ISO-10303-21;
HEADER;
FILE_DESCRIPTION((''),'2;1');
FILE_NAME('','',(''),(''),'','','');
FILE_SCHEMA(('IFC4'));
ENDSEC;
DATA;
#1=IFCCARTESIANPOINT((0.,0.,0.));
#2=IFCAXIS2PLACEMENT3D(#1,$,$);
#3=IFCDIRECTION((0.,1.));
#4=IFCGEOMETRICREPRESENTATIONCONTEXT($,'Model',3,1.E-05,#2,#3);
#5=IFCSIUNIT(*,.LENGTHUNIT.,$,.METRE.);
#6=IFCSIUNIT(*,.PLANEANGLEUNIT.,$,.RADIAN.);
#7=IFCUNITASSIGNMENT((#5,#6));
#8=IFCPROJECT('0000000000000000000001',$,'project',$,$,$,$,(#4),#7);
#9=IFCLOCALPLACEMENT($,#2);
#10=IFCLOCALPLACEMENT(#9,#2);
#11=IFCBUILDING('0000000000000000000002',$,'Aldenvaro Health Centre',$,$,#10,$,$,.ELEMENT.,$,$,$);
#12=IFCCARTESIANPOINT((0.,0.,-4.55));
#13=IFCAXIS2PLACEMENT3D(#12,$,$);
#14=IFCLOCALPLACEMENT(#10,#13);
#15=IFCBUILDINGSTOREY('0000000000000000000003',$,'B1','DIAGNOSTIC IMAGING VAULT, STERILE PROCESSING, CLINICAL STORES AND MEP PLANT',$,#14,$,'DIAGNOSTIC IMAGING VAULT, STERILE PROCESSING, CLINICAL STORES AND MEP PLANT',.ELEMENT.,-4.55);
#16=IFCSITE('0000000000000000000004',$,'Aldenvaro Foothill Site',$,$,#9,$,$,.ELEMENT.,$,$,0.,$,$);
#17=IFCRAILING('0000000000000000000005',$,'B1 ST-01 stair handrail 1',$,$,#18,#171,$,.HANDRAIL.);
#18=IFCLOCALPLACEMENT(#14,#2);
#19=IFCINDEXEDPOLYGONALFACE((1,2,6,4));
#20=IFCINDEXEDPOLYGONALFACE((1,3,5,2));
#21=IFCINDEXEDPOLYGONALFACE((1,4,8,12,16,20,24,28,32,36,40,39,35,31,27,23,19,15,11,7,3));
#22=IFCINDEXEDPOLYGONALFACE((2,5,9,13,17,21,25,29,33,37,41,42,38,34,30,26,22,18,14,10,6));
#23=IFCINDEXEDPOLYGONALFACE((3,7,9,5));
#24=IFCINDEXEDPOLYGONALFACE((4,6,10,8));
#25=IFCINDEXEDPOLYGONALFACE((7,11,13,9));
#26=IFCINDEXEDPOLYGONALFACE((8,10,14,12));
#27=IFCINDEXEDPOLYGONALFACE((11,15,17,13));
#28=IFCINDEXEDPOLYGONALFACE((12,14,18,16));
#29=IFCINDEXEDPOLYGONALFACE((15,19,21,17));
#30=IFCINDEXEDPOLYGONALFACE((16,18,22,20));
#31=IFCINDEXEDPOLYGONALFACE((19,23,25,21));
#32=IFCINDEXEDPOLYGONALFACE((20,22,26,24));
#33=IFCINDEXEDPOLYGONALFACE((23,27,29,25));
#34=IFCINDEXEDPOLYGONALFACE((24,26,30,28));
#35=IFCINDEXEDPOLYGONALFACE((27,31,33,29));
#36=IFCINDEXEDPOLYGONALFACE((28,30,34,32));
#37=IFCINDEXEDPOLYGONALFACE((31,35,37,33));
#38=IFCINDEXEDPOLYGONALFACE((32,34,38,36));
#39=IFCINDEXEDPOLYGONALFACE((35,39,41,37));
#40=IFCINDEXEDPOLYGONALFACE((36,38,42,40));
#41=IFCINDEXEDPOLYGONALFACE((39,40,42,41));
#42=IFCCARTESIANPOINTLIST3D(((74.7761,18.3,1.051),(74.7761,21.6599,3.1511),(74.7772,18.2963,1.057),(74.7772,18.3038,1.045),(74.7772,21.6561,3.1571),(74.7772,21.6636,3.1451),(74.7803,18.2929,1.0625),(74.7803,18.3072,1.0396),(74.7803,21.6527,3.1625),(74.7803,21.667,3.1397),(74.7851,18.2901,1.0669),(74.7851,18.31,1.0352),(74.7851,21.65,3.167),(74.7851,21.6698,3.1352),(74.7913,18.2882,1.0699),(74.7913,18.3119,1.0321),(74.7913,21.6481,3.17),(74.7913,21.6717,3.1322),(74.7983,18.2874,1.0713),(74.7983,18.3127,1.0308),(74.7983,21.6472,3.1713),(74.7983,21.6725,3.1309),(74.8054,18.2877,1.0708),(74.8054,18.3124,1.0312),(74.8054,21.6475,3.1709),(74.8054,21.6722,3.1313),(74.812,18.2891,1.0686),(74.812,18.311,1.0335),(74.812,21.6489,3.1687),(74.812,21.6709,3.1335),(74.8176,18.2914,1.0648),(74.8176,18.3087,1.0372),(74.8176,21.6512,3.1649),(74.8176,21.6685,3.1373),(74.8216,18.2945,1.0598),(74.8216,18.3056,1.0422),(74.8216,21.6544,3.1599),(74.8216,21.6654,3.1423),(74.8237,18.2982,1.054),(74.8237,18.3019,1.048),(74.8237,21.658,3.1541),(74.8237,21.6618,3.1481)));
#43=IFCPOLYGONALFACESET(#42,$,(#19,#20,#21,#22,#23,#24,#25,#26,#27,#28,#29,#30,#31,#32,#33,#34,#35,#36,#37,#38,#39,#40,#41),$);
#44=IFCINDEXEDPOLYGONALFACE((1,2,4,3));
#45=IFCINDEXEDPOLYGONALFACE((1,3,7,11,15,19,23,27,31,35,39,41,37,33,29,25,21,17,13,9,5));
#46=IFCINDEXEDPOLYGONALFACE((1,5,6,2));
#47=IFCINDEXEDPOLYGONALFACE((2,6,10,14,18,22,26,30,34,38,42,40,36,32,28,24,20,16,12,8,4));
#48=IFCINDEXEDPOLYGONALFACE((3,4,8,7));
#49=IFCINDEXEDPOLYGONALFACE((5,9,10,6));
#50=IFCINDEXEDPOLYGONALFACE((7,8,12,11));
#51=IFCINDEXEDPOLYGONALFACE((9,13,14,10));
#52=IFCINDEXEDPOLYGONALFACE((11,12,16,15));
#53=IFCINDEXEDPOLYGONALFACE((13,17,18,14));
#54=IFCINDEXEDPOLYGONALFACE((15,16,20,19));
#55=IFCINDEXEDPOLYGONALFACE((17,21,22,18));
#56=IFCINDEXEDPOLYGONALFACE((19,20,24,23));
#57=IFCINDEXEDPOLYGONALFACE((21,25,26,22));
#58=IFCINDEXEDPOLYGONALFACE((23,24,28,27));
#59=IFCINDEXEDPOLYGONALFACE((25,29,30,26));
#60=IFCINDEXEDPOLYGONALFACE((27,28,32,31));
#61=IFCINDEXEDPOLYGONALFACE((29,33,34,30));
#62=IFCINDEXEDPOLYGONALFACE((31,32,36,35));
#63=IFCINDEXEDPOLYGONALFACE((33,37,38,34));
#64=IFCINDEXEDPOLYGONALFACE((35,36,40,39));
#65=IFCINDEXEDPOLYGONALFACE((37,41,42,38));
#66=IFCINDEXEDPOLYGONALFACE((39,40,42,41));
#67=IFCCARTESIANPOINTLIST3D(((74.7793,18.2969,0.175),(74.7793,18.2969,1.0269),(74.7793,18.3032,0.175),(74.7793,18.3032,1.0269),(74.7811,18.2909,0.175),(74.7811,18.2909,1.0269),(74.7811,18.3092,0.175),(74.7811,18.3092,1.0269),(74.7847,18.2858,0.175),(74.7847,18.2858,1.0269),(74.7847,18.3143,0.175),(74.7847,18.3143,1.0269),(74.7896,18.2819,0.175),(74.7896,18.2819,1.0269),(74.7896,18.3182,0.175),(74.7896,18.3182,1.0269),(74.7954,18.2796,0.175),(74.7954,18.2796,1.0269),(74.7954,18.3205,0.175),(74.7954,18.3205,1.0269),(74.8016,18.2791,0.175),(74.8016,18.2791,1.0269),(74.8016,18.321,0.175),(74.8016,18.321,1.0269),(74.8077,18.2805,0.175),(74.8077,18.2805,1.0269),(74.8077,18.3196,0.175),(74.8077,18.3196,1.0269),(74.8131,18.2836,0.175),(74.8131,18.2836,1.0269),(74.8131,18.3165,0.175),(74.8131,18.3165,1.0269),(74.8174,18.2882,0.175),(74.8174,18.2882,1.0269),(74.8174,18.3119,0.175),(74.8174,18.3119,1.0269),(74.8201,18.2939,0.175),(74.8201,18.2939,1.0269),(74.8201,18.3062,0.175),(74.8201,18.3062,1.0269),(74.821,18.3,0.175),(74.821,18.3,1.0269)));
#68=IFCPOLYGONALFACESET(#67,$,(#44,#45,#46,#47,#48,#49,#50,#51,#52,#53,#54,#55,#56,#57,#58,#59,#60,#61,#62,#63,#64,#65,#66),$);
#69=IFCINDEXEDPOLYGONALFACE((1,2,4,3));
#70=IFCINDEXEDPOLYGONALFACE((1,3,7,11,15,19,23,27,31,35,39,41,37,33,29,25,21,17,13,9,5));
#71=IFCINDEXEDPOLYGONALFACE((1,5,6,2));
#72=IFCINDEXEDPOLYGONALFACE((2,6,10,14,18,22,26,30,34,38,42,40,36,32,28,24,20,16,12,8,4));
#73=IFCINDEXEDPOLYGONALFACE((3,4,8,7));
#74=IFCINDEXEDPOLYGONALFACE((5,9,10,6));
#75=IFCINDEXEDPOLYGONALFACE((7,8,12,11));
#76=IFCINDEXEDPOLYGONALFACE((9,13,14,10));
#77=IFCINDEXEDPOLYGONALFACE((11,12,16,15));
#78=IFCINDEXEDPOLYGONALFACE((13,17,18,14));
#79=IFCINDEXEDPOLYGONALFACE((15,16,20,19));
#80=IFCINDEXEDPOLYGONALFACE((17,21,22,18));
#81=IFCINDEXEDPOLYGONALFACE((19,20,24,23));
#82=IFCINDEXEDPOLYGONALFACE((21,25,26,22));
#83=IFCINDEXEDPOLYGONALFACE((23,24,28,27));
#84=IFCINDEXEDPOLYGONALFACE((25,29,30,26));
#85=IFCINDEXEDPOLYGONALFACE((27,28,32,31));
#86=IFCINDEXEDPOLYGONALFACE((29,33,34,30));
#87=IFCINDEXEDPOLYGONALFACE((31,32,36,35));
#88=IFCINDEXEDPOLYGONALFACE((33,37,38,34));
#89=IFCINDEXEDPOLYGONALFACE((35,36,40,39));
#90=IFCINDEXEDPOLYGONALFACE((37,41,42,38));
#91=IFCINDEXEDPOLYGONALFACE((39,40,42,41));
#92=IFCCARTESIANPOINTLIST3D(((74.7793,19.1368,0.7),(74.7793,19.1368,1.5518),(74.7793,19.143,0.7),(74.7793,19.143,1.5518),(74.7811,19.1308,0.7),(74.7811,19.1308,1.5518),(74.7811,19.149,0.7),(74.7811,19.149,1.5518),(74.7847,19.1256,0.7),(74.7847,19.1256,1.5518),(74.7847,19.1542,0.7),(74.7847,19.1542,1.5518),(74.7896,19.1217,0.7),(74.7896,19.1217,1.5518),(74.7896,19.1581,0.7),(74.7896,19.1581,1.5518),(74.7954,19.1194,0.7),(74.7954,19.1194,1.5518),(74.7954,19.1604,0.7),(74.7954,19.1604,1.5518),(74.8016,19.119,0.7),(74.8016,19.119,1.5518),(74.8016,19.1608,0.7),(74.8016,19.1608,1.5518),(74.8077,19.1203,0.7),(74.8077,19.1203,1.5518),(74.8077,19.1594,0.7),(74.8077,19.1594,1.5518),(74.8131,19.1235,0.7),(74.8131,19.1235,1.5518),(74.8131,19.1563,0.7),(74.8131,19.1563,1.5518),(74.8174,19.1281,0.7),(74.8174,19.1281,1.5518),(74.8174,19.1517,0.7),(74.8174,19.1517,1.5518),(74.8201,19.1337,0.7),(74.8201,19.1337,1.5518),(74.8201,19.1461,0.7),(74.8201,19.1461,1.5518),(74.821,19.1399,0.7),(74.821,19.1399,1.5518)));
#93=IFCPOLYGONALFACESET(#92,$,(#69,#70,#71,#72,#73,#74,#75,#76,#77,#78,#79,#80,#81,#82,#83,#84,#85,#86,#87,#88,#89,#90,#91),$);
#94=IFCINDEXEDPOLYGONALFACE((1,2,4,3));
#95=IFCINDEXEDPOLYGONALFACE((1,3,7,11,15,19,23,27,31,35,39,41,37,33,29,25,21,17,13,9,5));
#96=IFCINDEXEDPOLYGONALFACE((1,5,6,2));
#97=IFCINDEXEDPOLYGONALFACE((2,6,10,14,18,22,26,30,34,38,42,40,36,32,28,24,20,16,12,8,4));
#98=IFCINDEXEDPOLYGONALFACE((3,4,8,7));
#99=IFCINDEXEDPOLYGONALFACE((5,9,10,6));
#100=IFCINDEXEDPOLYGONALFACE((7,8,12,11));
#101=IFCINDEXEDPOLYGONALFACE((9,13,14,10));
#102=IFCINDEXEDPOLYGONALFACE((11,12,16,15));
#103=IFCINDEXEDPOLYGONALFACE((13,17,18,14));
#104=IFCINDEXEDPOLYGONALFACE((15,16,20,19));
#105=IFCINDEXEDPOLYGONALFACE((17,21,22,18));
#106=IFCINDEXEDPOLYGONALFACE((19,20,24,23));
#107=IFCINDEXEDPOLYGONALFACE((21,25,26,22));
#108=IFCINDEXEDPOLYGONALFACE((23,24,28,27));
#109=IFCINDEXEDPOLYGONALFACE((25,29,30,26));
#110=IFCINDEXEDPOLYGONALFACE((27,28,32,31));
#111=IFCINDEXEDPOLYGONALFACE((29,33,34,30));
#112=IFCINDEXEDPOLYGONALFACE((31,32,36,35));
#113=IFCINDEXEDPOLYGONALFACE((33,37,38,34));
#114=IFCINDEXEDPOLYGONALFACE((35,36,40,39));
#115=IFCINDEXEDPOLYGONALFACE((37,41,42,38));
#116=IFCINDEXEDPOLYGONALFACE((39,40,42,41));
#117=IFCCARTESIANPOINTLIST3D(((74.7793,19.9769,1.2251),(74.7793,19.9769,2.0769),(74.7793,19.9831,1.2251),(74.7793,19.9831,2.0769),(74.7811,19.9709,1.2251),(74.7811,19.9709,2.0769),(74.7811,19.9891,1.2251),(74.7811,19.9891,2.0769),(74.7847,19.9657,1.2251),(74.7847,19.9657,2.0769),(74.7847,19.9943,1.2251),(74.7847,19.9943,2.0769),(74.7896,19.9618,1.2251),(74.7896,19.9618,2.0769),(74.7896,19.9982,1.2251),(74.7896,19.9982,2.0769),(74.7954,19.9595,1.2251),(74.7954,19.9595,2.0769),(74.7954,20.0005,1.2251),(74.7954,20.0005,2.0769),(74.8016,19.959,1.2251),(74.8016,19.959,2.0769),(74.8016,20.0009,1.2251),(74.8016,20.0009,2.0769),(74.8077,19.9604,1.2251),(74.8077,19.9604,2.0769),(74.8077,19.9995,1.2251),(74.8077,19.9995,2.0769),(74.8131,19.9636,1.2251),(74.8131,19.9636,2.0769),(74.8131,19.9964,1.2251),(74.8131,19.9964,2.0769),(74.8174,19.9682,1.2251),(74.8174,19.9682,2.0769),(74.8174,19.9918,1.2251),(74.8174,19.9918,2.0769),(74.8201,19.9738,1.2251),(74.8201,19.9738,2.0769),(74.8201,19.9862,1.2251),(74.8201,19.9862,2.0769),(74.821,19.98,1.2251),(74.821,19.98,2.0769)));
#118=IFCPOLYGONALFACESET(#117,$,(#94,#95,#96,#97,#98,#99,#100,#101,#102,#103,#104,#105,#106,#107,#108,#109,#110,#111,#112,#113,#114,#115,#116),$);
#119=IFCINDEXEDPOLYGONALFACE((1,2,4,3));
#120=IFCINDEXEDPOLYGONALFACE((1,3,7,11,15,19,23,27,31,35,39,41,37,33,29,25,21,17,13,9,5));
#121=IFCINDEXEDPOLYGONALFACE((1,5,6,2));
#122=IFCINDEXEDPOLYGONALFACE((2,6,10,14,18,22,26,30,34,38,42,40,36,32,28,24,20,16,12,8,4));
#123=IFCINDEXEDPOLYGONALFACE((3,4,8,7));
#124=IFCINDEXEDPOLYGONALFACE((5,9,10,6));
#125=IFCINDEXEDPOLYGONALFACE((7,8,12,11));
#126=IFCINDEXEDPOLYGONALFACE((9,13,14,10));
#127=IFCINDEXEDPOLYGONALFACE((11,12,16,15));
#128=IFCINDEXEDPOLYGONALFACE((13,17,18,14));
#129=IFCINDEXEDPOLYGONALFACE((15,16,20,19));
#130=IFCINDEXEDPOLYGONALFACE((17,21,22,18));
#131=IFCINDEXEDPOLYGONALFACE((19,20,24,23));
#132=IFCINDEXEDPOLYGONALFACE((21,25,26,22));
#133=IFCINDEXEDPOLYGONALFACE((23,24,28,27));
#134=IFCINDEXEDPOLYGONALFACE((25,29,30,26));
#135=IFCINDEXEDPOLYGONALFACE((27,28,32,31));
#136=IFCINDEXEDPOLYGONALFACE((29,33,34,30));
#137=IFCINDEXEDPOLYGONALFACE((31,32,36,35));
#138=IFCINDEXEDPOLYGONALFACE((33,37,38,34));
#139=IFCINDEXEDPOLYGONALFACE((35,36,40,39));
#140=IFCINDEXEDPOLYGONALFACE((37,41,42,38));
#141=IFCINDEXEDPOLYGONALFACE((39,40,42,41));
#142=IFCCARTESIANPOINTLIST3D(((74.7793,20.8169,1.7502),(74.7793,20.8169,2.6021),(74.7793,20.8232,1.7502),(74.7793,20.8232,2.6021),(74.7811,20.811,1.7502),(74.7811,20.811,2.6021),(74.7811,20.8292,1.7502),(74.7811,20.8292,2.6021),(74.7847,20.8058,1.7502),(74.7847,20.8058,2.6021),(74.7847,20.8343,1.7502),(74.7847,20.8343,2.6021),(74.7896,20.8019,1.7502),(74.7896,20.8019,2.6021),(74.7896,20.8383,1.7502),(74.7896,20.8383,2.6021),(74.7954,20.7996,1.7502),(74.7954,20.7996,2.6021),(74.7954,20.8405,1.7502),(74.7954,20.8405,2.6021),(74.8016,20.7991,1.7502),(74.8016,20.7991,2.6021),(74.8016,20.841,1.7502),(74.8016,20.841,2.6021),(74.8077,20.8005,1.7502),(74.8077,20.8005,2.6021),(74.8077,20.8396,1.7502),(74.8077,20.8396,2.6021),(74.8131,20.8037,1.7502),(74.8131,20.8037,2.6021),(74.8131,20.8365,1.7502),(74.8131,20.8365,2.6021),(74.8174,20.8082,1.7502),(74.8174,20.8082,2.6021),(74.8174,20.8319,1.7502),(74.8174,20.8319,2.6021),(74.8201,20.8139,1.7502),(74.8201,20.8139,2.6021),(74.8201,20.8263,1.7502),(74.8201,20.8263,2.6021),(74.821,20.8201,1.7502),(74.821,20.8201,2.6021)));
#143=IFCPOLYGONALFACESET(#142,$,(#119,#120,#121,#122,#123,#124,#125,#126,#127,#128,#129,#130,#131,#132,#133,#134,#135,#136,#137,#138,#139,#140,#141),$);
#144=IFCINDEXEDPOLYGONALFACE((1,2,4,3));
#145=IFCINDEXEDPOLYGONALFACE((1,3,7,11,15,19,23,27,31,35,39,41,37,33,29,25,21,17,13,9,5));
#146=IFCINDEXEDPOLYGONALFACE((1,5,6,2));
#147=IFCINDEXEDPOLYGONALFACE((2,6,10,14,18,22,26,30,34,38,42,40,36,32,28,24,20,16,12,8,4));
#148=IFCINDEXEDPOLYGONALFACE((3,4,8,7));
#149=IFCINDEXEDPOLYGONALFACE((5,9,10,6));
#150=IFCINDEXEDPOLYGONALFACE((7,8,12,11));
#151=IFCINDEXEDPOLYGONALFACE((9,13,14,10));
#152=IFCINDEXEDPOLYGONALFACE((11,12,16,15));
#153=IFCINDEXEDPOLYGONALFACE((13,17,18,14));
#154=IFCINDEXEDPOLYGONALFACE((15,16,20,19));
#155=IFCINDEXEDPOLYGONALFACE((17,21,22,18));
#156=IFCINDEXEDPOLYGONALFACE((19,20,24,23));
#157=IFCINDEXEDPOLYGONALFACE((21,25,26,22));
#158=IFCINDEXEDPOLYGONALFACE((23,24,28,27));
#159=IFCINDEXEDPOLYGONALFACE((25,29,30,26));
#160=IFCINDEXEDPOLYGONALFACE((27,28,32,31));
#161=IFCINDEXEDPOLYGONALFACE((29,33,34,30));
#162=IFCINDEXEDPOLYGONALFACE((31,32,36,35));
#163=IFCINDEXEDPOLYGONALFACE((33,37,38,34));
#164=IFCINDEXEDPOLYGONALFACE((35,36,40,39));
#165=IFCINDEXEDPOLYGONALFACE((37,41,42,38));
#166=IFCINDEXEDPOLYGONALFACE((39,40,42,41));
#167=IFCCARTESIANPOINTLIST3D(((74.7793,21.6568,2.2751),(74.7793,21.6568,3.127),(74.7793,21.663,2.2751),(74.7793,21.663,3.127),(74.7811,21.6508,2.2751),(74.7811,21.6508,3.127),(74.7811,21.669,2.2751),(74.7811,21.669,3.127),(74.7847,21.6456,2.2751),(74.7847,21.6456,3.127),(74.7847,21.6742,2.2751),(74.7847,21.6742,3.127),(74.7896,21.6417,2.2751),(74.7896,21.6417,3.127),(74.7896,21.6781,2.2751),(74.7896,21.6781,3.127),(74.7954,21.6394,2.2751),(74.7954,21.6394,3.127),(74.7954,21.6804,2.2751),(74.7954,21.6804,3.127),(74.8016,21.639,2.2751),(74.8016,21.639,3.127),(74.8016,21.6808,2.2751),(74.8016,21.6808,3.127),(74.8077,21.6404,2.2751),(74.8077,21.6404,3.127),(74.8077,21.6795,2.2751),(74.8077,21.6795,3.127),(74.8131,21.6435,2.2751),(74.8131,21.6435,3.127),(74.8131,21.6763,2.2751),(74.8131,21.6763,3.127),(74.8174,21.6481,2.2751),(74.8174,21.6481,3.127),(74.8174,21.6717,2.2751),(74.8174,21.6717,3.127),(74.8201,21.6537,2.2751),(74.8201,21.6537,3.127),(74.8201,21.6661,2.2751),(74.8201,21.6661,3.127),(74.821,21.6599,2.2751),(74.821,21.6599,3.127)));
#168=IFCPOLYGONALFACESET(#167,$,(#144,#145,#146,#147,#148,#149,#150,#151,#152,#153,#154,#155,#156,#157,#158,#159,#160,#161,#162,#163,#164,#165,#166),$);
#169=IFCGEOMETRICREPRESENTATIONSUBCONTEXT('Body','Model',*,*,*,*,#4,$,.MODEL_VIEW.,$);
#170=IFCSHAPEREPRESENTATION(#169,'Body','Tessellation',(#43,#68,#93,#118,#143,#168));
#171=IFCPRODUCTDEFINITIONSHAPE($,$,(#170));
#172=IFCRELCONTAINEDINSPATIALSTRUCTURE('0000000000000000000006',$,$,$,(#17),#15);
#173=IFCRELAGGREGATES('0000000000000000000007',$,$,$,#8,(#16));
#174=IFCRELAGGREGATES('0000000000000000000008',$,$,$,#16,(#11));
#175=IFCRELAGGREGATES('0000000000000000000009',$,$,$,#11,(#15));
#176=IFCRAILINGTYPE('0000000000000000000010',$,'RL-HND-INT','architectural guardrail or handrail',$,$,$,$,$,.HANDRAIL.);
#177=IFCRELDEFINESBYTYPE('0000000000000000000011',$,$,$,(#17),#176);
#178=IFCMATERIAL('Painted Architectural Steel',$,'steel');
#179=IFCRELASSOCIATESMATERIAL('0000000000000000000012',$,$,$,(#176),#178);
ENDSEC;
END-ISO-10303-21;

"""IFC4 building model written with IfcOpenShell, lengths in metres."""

from ifc_helpers import new_model, si_unit, direction, frame, origin, origin_2d, place, context, subcontext, project, spatial, circle, extrude, material, type_object, element, save


model = new_model("IFC4")

# Units and contexts
model_context = context("Model", 3, precision=1e-05, world=origin(), true_north=direction((0.0, 1.0)))
body_context = subcontext(model_context, "Body", "Model", "MODEL_VIEW")
ifc_project = project(units=[si_unit("LENGTHUNIT", "METRE"), si_unit("PLANEANGLEUNIT", "RADIAN")], contexts=[model_context])

# Site, building, storey
site_placement = place(None, origin())
site = spatial("IfcSite", under=ifc_project, at=site_placement, Name="Aldenvaro Foothill Site", CompositionType="ELEMENT", RefElevation=0.0)
building_placement = place(site_placement, origin())
building = spatial("IfcBuilding", under=site, at=building_placement, Name="Aldenvaro Health Centre", CompositionType="ELEMENT")
storey_placement = place(building_placement, frame((0.0, 0.0, -4.55)))
storey = spatial("IfcBuildingStorey", under=building, at=storey_placement, Name="B1", Description="DIAGNOSTIC IMAGING VAULT, STERILE PROCESSING, CLINICAL STORES AND MEP PLANT", LongName="DIAGNOSTIC IMAGING VAULT, STERILE PROCESSING, CLINICAL STORES AND MEP PLANT", CompositionType="ELEMENT", Elevation=-4.55)

# Railing
ifc_material_1 = material(Name="Painted Architectural Steel", Category="steel")
railing_type_1 = type_object("IfcRailingType", Name="RL-HND-INT", Description="architectural guardrail or handrail", PredefinedType="HANDRAIL", material=ifc_material_1)
railing_1_placement = place(storey_placement, frame((74.8, 18.3, 0.175)))
element("IfcRailing", 1, at=railing_1_placement, inside=storey, type_object=railing_type_1, Name="B1 ST-01 stair handrail 1", PredefinedType="HANDRAIL", context=body_context, shape_type="SweptSolid", body=[
    extrude(circle(Radius=0.0239, at=origin_2d()), frame((0.0, 0.0, 0.876), z_axis=(0.0, 0.847978, 0.530032), x_axis=(-1.0, 0.0, 0.0)), (0.0, 0.0, 1.0), 3.9622),
    extrude(circle(Radius=0.021, at=origin_2d()), origin(), (0.0, 0.0, 1.0), 0.8518),
    extrude(circle(Radius=0.021, at=origin_2d()), frame((0.0, 0.8398, 0.5249)), (0.0, 0.0, 1.0), 0.8518),
    extrude(circle(Radius=0.021, at=origin_2d()), frame((0.0, 1.6799, 1.05)), (0.0, 0.0, 1.0), 0.8518),
    extrude(circle(Radius=0.021, at=origin_2d()), frame((0.0, 2.52, 1.5752)), (0.0, 0.0, 1.0), 0.8518),
    extrude(circle(Radius=0.021, at=origin_2d()), frame((0.0, 3.3599, 2.1001)), (0.0, 0.0, 1.0), 0.8518),
])

save(model, "model.ifc")
